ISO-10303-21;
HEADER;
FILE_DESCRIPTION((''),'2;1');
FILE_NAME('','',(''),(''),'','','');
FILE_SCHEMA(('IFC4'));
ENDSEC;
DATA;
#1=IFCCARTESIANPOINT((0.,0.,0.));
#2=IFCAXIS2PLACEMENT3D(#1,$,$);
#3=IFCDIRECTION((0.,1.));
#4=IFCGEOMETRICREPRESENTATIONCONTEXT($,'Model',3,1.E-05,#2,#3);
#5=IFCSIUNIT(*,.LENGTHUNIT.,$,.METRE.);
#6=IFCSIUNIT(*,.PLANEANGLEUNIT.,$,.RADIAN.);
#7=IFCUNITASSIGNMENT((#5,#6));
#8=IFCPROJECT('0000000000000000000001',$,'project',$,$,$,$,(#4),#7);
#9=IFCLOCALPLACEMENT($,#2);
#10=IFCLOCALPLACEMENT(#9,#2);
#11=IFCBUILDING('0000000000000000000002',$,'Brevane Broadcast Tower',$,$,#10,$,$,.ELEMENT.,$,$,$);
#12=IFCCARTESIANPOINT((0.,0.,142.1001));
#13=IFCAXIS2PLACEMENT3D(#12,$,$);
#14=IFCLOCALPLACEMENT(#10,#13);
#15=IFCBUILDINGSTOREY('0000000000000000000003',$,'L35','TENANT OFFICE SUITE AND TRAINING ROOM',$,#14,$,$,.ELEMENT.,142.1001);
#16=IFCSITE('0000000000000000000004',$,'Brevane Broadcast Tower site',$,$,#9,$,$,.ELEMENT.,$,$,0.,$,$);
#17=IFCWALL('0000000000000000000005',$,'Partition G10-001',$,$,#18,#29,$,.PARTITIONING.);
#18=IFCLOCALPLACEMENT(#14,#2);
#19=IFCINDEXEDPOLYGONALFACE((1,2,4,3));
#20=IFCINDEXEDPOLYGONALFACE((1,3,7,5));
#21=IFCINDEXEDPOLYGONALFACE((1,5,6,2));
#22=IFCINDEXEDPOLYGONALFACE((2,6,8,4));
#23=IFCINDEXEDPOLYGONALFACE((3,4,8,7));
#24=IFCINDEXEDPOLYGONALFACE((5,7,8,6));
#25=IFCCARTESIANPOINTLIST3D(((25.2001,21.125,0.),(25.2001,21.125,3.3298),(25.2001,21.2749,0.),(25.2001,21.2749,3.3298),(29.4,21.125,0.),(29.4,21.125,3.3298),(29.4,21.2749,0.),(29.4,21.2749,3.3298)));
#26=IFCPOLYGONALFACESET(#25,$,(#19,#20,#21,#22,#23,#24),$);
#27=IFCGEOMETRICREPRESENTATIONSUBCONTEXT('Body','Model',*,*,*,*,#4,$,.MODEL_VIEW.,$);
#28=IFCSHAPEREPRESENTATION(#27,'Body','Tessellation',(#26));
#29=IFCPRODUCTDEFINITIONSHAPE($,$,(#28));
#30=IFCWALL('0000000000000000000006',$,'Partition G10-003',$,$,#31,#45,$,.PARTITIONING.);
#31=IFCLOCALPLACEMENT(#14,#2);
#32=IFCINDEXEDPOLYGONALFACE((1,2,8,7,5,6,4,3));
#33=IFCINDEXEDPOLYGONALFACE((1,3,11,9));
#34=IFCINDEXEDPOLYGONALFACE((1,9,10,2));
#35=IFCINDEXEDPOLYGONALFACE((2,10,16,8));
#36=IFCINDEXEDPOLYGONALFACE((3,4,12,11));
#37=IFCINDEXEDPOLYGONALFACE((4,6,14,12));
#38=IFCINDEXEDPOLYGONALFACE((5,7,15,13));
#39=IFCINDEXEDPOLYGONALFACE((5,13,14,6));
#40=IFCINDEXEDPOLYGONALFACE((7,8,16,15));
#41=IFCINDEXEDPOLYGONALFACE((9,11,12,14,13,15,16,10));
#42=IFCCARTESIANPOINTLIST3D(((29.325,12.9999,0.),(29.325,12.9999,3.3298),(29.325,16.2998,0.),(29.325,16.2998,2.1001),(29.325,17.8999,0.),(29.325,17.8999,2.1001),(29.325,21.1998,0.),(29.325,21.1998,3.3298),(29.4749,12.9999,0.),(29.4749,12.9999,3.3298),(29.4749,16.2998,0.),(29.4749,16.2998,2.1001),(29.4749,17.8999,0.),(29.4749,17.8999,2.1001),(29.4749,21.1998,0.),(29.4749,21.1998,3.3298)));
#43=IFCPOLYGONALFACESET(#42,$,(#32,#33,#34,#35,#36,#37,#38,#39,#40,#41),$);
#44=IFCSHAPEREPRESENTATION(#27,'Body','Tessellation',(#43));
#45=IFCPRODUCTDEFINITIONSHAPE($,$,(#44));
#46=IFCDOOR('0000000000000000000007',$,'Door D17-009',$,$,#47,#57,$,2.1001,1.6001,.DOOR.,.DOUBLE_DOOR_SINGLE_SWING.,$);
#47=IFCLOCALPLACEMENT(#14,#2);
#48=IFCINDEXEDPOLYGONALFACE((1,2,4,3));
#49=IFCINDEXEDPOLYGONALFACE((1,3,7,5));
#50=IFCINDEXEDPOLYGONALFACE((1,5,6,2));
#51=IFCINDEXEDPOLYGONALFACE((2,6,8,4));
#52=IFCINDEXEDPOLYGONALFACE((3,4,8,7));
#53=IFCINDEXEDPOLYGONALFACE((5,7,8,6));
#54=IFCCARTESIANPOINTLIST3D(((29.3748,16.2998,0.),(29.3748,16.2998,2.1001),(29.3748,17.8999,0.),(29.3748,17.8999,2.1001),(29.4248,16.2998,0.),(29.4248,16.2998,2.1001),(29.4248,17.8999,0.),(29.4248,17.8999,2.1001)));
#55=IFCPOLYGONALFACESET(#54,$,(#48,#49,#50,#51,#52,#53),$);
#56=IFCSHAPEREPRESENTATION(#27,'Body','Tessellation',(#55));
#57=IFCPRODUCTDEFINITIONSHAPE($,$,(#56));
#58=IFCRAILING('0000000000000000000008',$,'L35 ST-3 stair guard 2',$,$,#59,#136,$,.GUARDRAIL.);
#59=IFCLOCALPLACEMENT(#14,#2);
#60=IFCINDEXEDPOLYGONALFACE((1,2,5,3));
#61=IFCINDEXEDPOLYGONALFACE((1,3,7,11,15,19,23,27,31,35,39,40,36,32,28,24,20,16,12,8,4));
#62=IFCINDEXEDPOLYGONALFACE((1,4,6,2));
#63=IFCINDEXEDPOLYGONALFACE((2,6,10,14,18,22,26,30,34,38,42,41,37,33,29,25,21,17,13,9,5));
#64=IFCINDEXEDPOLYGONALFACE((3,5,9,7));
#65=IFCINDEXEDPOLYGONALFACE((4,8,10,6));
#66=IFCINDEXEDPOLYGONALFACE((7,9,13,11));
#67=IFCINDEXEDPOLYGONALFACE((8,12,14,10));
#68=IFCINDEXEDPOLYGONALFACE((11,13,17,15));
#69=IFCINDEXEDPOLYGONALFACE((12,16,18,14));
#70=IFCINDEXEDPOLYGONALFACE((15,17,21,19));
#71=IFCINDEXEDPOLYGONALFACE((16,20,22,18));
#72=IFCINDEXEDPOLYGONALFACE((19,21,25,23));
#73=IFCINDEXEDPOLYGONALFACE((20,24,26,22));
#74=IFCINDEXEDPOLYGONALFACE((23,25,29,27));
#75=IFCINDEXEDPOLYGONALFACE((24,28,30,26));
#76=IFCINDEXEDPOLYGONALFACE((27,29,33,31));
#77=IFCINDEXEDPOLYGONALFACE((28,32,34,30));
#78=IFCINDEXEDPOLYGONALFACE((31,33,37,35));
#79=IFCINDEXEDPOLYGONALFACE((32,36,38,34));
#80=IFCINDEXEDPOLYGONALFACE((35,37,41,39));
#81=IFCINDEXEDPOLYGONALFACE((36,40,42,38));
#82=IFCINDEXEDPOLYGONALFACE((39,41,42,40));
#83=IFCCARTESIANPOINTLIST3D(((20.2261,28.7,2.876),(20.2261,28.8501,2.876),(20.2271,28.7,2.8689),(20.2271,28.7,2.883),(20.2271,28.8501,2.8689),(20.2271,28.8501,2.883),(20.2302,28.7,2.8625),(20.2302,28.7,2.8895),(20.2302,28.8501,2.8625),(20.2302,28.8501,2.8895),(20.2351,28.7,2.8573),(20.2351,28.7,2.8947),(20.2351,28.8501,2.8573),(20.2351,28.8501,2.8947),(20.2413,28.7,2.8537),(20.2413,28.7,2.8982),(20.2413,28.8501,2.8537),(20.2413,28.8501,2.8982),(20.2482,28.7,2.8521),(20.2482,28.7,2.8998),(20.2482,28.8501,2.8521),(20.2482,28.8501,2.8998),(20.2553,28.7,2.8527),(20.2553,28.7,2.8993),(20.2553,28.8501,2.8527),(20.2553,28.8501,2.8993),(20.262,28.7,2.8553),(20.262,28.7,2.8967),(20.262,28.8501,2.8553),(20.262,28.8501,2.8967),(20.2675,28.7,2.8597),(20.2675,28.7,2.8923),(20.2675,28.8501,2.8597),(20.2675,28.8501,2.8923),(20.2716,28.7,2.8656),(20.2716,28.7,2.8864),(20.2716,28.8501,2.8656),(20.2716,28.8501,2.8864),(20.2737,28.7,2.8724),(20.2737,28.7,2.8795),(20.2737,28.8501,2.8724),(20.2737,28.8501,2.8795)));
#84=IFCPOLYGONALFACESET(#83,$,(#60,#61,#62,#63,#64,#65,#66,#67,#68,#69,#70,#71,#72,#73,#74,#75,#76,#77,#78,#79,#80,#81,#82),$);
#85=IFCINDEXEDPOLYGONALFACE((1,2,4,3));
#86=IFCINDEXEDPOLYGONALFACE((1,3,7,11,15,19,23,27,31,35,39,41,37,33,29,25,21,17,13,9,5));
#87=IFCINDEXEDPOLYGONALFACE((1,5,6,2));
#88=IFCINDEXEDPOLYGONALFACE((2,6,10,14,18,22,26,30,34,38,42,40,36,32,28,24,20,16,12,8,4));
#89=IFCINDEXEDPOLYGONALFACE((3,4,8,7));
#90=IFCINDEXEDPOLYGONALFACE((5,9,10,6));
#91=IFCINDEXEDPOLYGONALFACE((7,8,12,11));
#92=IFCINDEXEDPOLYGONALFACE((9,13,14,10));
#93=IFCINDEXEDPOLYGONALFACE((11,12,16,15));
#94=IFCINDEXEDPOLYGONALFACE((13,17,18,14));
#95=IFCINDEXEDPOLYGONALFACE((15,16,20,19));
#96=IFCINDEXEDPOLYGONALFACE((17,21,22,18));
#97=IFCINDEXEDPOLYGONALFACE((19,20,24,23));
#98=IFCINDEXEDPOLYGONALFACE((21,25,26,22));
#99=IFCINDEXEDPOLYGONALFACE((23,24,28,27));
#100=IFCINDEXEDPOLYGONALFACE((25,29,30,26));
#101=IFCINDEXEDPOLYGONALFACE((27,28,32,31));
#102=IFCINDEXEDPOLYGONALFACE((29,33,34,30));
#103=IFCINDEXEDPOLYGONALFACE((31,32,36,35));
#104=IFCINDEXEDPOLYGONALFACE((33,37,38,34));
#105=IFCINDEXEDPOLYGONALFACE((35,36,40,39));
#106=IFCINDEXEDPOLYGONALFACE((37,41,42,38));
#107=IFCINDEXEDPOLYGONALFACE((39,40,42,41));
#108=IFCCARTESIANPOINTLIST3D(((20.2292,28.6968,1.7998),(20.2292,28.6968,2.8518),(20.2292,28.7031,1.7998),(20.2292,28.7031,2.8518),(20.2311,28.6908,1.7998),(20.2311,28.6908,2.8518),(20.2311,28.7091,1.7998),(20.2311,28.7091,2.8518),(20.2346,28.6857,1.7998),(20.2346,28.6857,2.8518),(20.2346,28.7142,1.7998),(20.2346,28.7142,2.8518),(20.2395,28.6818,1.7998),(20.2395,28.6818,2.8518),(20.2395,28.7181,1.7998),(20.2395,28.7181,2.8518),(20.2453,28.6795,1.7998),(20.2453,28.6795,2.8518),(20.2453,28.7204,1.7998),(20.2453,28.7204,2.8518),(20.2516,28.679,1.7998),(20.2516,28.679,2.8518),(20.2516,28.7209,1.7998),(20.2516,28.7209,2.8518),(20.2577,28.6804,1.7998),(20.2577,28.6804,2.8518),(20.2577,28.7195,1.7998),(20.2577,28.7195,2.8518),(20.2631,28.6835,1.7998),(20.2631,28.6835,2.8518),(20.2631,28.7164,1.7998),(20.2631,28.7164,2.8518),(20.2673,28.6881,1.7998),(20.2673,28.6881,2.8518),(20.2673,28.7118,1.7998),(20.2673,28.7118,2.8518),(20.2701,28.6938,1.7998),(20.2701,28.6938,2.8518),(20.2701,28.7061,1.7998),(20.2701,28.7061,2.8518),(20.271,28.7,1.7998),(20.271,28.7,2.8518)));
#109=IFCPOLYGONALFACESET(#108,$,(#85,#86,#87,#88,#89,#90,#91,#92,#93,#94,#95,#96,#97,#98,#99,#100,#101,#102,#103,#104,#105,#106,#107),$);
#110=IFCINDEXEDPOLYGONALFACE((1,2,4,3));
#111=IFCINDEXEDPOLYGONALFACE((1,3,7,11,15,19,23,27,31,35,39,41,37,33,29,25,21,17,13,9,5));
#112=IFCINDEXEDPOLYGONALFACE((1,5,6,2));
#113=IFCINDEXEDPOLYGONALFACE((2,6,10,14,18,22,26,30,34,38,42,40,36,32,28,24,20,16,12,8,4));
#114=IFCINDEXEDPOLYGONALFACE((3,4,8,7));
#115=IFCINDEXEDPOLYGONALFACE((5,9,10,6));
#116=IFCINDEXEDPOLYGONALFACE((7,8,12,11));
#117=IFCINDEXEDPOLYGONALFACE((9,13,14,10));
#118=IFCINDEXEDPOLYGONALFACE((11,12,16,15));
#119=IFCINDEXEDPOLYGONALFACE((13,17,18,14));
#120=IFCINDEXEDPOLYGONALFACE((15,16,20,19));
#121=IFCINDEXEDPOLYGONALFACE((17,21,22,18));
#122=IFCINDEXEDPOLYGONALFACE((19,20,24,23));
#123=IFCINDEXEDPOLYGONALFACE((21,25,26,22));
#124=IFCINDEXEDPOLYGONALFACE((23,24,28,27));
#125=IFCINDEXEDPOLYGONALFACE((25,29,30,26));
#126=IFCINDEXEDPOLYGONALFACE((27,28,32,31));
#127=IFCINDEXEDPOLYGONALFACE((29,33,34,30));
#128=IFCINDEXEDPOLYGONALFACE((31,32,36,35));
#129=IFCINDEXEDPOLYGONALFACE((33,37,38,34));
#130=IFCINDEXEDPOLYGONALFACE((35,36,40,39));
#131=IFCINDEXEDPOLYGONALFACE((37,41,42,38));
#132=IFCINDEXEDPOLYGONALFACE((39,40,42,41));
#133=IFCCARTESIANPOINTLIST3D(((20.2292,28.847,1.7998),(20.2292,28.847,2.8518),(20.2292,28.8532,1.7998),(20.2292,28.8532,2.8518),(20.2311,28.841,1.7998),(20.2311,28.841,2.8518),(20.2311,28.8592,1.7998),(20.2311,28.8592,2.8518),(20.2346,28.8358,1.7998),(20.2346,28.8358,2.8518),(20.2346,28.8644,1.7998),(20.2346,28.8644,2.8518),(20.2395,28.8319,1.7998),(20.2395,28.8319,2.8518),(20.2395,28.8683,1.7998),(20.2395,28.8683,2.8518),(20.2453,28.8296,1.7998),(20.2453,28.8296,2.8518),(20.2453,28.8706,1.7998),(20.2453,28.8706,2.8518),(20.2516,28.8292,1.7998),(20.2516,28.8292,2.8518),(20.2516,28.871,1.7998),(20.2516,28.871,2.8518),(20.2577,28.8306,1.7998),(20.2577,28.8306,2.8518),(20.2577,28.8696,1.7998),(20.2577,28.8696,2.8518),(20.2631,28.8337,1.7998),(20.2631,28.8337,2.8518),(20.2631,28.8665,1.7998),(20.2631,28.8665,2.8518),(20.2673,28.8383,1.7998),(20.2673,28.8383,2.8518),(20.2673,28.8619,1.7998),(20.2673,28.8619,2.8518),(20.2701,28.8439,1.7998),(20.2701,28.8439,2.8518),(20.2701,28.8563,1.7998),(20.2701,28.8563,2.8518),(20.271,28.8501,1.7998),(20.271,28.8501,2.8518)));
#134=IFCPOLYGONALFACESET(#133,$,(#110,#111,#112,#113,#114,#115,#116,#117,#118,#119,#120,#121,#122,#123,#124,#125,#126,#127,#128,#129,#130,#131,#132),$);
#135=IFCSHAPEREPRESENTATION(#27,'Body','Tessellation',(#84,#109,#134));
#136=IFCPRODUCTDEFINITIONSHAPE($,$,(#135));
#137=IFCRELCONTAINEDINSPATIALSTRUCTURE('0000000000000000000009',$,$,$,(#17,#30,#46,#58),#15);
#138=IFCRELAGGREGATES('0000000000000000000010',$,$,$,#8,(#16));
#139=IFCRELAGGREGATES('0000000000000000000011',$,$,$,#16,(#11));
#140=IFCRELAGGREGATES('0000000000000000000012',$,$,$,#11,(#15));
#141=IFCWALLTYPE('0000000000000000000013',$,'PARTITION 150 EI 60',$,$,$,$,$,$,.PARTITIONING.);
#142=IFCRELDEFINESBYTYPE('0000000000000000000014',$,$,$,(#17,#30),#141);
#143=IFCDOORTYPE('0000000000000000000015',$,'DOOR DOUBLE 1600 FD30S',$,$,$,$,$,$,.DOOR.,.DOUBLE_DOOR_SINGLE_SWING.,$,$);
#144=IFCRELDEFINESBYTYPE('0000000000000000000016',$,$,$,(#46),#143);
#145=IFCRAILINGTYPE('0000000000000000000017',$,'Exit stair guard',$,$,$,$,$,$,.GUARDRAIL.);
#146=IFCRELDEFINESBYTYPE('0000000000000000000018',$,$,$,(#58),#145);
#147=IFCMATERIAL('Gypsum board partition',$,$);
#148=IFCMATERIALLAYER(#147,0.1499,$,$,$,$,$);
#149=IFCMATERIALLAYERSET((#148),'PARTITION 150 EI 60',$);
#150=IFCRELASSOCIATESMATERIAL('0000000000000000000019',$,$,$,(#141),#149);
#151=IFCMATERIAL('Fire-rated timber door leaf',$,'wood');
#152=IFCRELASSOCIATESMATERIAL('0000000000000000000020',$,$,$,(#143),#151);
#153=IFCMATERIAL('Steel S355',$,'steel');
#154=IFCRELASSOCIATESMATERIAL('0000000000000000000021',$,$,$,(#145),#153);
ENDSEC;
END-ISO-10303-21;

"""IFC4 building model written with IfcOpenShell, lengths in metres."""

from ifc_helpers import new_model, si_unit, direction, frame, frame_2d, origin, origin_2d, place, context, subcontext, project, spatial, rectangle, circle, extrude, material, layer, layer_set, type_object, element, fill, save


model = new_model("IFC4")

# Units and contexts
model_context = context("Model", 3, precision=1e-05, world=origin(), true_north=direction((0.0, 1.0)))
body_context = subcontext(model_context, "Body", "Model", "MODEL_VIEW")
ifc_project = project(units=[si_unit("LENGTHUNIT", "METRE"), si_unit("PLANEANGLEUNIT", "RADIAN")], contexts=[model_context])

# Site, building, storey
site_placement = place(None, origin())
site = spatial("IfcSite", under=ifc_project, at=site_placement, Name="Brevane Broadcast Tower site", CompositionType="ELEMENT", RefElevation=0.0)
building_placement = place(site_placement, origin())
building = spatial("IfcBuilding", under=site, at=building_placement, Name="Brevane Broadcast Tower", CompositionType="ELEMENT")
storey_placement = place(building_placement, frame((0.0, 0.0, 142.1001)))
storey = spatial("IfcBuildingStorey", under=building, at=storey_placement, Name="L35", Description="TENANT OFFICE SUITE AND TRAINING ROOM", CompositionType="ELEMENT", Elevation=142.1001)

# Wall
ifc_material_1 = material(Name="Gypsum board partition")
ifc_layer_1 = layer(ifc_material_1, 0.1499)
ifc_layer_set_1 = layer_set([ifc_layer_1], Name="PARTITION 150 EI 60")
wall_type_1 = type_object("IfcWallType", Name="PARTITION 150 EI 60", PredefinedType="PARTITIONING", material=ifc_layer_set_1)
wall_1_placement = place(storey_placement, frame((25.2, 21.2, 0.0), z_axis=(0.0, 0.0, 1.0), x_axis=(1.0, 0.0, 0.0)))
element("IfcWall", 1, at=wall_1_placement, inside=storey, type_object=wall_type_1, Name="Partition G10-001", PredefinedType="PARTITIONING", context=body_context, shape_type="SweptSolid", body=[
    extrude(rectangle(XDim=4.2, YDim=0.1499, at=frame_2d((2.1001, 0.0))), origin(), (0.0, 0.0, 1.0), 3.3298),
])

# Wall, opening, door
wall_2_placement = place(storey_placement, frame((29.3999, 21.2, 0.0), z_axis=(0.0, 0.0, 1.0), x_axis=(0.0, -1.0, 0.0)))
wall_2 = element("IfcWall", 2, at=wall_2_placement, inside=storey, type_object=wall_type_1, Name="Partition G10-003", PredefinedType="PARTITIONING", context=body_context, shape_type="SweptSolid", body=[
    extrude(rectangle(XDim=8.2, YDim=0.1499, at=frame_2d((4.1001, 0.0))), origin(), (0.0, 0.0, 1.0), 3.3298),
])
opening_1_placement = place(wall_2_placement, frame((3.3, 0.0, 0.0)))
opening_1 = element("IfcOpeningElement", 3, at=opening_1_placement, cuts=wall_2, PredefinedType="OPENING", context=body_context, shape_type="SweptSolid", body=[
    extrude(rectangle(XDim=1.6001, YDim=2.1001, at=frame_2d((0.8, 1.05))), frame((0.0, 0.085, 0.0), z_axis=(0.0, -1.0, 0.0), x_axis=(1.0, 0.0, 0.0)), (0.0, 0.0, 1.0), 0.1699),
])
ifc_material_2 = material(Name="Fire-rated timber door leaf", Category="wood")
door_type_1 = type_object("IfcDoorType", Name="DOOR DOUBLE 1600 FD30S", OperationType="DOUBLE_DOOR_SINGLE_SWING", PredefinedType="DOOR", material=ifc_material_2)
door_1_placement = place(opening_1_placement, origin())
door_1 = element("IfcDoor", 4, at=door_1_placement, inside=storey, type_object=door_type_1, Name="Door D17-009", OperationType="DOUBLE_DOOR_SINGLE_SWING", OverallHeight=2.1001, OverallWidth=1.6001, PredefinedType="DOOR", context=body_context, shape_type="SweptSolid", body=[
    extrude(rectangle(XDim=1.6001, YDim=2.1001, at=frame_2d((0.8, 1.05))), frame((0.0, 0.0249, 0.0), z_axis=(0.0, -1.0, 0.0), x_axis=(1.0, 0.0, 0.0)), (0.0, 0.0, 1.0), 0.05),
])
fill(opening_1, door_1)

# Railing
ifc_material_3 = material(Name="Steel S355", Category="steel")
railing_type = type_object("IfcRailingType", Name="Exit stair guard", PredefinedType="GUARDRAIL", material=ifc_material_3)
railing_placement = place(storey_placement, frame((20.25, 28.7, 1.7998)))
element("IfcRailing", 5, at=railing_placement, inside=storey, type_object=railing_type, Name="L35 ST-3 stair guard 2", PredefinedType="GUARDRAIL", context=body_context, shape_type="SweptSolid", body=[
    extrude(circle(Radius=0.0239, at=origin_2d()), frame((0.0, 0.0, 1.0762), z_axis=(0.0, 1.0, 0.0), x_axis=(-1.0, 0.0, 0.0)), (0.0, 0.0, 1.0), 0.1501),
    extrude(circle(Radius=0.021, at=origin_2d()), origin(), (0.0, 0.0, 1.0), 1.052),
    extrude(circle(Radius=0.021, at=origin_2d()), frame((0.0, 0.1501, 0.0)), (0.0, 0.0, 1.0), 1.052),
])

save(model, "model.ifc")
